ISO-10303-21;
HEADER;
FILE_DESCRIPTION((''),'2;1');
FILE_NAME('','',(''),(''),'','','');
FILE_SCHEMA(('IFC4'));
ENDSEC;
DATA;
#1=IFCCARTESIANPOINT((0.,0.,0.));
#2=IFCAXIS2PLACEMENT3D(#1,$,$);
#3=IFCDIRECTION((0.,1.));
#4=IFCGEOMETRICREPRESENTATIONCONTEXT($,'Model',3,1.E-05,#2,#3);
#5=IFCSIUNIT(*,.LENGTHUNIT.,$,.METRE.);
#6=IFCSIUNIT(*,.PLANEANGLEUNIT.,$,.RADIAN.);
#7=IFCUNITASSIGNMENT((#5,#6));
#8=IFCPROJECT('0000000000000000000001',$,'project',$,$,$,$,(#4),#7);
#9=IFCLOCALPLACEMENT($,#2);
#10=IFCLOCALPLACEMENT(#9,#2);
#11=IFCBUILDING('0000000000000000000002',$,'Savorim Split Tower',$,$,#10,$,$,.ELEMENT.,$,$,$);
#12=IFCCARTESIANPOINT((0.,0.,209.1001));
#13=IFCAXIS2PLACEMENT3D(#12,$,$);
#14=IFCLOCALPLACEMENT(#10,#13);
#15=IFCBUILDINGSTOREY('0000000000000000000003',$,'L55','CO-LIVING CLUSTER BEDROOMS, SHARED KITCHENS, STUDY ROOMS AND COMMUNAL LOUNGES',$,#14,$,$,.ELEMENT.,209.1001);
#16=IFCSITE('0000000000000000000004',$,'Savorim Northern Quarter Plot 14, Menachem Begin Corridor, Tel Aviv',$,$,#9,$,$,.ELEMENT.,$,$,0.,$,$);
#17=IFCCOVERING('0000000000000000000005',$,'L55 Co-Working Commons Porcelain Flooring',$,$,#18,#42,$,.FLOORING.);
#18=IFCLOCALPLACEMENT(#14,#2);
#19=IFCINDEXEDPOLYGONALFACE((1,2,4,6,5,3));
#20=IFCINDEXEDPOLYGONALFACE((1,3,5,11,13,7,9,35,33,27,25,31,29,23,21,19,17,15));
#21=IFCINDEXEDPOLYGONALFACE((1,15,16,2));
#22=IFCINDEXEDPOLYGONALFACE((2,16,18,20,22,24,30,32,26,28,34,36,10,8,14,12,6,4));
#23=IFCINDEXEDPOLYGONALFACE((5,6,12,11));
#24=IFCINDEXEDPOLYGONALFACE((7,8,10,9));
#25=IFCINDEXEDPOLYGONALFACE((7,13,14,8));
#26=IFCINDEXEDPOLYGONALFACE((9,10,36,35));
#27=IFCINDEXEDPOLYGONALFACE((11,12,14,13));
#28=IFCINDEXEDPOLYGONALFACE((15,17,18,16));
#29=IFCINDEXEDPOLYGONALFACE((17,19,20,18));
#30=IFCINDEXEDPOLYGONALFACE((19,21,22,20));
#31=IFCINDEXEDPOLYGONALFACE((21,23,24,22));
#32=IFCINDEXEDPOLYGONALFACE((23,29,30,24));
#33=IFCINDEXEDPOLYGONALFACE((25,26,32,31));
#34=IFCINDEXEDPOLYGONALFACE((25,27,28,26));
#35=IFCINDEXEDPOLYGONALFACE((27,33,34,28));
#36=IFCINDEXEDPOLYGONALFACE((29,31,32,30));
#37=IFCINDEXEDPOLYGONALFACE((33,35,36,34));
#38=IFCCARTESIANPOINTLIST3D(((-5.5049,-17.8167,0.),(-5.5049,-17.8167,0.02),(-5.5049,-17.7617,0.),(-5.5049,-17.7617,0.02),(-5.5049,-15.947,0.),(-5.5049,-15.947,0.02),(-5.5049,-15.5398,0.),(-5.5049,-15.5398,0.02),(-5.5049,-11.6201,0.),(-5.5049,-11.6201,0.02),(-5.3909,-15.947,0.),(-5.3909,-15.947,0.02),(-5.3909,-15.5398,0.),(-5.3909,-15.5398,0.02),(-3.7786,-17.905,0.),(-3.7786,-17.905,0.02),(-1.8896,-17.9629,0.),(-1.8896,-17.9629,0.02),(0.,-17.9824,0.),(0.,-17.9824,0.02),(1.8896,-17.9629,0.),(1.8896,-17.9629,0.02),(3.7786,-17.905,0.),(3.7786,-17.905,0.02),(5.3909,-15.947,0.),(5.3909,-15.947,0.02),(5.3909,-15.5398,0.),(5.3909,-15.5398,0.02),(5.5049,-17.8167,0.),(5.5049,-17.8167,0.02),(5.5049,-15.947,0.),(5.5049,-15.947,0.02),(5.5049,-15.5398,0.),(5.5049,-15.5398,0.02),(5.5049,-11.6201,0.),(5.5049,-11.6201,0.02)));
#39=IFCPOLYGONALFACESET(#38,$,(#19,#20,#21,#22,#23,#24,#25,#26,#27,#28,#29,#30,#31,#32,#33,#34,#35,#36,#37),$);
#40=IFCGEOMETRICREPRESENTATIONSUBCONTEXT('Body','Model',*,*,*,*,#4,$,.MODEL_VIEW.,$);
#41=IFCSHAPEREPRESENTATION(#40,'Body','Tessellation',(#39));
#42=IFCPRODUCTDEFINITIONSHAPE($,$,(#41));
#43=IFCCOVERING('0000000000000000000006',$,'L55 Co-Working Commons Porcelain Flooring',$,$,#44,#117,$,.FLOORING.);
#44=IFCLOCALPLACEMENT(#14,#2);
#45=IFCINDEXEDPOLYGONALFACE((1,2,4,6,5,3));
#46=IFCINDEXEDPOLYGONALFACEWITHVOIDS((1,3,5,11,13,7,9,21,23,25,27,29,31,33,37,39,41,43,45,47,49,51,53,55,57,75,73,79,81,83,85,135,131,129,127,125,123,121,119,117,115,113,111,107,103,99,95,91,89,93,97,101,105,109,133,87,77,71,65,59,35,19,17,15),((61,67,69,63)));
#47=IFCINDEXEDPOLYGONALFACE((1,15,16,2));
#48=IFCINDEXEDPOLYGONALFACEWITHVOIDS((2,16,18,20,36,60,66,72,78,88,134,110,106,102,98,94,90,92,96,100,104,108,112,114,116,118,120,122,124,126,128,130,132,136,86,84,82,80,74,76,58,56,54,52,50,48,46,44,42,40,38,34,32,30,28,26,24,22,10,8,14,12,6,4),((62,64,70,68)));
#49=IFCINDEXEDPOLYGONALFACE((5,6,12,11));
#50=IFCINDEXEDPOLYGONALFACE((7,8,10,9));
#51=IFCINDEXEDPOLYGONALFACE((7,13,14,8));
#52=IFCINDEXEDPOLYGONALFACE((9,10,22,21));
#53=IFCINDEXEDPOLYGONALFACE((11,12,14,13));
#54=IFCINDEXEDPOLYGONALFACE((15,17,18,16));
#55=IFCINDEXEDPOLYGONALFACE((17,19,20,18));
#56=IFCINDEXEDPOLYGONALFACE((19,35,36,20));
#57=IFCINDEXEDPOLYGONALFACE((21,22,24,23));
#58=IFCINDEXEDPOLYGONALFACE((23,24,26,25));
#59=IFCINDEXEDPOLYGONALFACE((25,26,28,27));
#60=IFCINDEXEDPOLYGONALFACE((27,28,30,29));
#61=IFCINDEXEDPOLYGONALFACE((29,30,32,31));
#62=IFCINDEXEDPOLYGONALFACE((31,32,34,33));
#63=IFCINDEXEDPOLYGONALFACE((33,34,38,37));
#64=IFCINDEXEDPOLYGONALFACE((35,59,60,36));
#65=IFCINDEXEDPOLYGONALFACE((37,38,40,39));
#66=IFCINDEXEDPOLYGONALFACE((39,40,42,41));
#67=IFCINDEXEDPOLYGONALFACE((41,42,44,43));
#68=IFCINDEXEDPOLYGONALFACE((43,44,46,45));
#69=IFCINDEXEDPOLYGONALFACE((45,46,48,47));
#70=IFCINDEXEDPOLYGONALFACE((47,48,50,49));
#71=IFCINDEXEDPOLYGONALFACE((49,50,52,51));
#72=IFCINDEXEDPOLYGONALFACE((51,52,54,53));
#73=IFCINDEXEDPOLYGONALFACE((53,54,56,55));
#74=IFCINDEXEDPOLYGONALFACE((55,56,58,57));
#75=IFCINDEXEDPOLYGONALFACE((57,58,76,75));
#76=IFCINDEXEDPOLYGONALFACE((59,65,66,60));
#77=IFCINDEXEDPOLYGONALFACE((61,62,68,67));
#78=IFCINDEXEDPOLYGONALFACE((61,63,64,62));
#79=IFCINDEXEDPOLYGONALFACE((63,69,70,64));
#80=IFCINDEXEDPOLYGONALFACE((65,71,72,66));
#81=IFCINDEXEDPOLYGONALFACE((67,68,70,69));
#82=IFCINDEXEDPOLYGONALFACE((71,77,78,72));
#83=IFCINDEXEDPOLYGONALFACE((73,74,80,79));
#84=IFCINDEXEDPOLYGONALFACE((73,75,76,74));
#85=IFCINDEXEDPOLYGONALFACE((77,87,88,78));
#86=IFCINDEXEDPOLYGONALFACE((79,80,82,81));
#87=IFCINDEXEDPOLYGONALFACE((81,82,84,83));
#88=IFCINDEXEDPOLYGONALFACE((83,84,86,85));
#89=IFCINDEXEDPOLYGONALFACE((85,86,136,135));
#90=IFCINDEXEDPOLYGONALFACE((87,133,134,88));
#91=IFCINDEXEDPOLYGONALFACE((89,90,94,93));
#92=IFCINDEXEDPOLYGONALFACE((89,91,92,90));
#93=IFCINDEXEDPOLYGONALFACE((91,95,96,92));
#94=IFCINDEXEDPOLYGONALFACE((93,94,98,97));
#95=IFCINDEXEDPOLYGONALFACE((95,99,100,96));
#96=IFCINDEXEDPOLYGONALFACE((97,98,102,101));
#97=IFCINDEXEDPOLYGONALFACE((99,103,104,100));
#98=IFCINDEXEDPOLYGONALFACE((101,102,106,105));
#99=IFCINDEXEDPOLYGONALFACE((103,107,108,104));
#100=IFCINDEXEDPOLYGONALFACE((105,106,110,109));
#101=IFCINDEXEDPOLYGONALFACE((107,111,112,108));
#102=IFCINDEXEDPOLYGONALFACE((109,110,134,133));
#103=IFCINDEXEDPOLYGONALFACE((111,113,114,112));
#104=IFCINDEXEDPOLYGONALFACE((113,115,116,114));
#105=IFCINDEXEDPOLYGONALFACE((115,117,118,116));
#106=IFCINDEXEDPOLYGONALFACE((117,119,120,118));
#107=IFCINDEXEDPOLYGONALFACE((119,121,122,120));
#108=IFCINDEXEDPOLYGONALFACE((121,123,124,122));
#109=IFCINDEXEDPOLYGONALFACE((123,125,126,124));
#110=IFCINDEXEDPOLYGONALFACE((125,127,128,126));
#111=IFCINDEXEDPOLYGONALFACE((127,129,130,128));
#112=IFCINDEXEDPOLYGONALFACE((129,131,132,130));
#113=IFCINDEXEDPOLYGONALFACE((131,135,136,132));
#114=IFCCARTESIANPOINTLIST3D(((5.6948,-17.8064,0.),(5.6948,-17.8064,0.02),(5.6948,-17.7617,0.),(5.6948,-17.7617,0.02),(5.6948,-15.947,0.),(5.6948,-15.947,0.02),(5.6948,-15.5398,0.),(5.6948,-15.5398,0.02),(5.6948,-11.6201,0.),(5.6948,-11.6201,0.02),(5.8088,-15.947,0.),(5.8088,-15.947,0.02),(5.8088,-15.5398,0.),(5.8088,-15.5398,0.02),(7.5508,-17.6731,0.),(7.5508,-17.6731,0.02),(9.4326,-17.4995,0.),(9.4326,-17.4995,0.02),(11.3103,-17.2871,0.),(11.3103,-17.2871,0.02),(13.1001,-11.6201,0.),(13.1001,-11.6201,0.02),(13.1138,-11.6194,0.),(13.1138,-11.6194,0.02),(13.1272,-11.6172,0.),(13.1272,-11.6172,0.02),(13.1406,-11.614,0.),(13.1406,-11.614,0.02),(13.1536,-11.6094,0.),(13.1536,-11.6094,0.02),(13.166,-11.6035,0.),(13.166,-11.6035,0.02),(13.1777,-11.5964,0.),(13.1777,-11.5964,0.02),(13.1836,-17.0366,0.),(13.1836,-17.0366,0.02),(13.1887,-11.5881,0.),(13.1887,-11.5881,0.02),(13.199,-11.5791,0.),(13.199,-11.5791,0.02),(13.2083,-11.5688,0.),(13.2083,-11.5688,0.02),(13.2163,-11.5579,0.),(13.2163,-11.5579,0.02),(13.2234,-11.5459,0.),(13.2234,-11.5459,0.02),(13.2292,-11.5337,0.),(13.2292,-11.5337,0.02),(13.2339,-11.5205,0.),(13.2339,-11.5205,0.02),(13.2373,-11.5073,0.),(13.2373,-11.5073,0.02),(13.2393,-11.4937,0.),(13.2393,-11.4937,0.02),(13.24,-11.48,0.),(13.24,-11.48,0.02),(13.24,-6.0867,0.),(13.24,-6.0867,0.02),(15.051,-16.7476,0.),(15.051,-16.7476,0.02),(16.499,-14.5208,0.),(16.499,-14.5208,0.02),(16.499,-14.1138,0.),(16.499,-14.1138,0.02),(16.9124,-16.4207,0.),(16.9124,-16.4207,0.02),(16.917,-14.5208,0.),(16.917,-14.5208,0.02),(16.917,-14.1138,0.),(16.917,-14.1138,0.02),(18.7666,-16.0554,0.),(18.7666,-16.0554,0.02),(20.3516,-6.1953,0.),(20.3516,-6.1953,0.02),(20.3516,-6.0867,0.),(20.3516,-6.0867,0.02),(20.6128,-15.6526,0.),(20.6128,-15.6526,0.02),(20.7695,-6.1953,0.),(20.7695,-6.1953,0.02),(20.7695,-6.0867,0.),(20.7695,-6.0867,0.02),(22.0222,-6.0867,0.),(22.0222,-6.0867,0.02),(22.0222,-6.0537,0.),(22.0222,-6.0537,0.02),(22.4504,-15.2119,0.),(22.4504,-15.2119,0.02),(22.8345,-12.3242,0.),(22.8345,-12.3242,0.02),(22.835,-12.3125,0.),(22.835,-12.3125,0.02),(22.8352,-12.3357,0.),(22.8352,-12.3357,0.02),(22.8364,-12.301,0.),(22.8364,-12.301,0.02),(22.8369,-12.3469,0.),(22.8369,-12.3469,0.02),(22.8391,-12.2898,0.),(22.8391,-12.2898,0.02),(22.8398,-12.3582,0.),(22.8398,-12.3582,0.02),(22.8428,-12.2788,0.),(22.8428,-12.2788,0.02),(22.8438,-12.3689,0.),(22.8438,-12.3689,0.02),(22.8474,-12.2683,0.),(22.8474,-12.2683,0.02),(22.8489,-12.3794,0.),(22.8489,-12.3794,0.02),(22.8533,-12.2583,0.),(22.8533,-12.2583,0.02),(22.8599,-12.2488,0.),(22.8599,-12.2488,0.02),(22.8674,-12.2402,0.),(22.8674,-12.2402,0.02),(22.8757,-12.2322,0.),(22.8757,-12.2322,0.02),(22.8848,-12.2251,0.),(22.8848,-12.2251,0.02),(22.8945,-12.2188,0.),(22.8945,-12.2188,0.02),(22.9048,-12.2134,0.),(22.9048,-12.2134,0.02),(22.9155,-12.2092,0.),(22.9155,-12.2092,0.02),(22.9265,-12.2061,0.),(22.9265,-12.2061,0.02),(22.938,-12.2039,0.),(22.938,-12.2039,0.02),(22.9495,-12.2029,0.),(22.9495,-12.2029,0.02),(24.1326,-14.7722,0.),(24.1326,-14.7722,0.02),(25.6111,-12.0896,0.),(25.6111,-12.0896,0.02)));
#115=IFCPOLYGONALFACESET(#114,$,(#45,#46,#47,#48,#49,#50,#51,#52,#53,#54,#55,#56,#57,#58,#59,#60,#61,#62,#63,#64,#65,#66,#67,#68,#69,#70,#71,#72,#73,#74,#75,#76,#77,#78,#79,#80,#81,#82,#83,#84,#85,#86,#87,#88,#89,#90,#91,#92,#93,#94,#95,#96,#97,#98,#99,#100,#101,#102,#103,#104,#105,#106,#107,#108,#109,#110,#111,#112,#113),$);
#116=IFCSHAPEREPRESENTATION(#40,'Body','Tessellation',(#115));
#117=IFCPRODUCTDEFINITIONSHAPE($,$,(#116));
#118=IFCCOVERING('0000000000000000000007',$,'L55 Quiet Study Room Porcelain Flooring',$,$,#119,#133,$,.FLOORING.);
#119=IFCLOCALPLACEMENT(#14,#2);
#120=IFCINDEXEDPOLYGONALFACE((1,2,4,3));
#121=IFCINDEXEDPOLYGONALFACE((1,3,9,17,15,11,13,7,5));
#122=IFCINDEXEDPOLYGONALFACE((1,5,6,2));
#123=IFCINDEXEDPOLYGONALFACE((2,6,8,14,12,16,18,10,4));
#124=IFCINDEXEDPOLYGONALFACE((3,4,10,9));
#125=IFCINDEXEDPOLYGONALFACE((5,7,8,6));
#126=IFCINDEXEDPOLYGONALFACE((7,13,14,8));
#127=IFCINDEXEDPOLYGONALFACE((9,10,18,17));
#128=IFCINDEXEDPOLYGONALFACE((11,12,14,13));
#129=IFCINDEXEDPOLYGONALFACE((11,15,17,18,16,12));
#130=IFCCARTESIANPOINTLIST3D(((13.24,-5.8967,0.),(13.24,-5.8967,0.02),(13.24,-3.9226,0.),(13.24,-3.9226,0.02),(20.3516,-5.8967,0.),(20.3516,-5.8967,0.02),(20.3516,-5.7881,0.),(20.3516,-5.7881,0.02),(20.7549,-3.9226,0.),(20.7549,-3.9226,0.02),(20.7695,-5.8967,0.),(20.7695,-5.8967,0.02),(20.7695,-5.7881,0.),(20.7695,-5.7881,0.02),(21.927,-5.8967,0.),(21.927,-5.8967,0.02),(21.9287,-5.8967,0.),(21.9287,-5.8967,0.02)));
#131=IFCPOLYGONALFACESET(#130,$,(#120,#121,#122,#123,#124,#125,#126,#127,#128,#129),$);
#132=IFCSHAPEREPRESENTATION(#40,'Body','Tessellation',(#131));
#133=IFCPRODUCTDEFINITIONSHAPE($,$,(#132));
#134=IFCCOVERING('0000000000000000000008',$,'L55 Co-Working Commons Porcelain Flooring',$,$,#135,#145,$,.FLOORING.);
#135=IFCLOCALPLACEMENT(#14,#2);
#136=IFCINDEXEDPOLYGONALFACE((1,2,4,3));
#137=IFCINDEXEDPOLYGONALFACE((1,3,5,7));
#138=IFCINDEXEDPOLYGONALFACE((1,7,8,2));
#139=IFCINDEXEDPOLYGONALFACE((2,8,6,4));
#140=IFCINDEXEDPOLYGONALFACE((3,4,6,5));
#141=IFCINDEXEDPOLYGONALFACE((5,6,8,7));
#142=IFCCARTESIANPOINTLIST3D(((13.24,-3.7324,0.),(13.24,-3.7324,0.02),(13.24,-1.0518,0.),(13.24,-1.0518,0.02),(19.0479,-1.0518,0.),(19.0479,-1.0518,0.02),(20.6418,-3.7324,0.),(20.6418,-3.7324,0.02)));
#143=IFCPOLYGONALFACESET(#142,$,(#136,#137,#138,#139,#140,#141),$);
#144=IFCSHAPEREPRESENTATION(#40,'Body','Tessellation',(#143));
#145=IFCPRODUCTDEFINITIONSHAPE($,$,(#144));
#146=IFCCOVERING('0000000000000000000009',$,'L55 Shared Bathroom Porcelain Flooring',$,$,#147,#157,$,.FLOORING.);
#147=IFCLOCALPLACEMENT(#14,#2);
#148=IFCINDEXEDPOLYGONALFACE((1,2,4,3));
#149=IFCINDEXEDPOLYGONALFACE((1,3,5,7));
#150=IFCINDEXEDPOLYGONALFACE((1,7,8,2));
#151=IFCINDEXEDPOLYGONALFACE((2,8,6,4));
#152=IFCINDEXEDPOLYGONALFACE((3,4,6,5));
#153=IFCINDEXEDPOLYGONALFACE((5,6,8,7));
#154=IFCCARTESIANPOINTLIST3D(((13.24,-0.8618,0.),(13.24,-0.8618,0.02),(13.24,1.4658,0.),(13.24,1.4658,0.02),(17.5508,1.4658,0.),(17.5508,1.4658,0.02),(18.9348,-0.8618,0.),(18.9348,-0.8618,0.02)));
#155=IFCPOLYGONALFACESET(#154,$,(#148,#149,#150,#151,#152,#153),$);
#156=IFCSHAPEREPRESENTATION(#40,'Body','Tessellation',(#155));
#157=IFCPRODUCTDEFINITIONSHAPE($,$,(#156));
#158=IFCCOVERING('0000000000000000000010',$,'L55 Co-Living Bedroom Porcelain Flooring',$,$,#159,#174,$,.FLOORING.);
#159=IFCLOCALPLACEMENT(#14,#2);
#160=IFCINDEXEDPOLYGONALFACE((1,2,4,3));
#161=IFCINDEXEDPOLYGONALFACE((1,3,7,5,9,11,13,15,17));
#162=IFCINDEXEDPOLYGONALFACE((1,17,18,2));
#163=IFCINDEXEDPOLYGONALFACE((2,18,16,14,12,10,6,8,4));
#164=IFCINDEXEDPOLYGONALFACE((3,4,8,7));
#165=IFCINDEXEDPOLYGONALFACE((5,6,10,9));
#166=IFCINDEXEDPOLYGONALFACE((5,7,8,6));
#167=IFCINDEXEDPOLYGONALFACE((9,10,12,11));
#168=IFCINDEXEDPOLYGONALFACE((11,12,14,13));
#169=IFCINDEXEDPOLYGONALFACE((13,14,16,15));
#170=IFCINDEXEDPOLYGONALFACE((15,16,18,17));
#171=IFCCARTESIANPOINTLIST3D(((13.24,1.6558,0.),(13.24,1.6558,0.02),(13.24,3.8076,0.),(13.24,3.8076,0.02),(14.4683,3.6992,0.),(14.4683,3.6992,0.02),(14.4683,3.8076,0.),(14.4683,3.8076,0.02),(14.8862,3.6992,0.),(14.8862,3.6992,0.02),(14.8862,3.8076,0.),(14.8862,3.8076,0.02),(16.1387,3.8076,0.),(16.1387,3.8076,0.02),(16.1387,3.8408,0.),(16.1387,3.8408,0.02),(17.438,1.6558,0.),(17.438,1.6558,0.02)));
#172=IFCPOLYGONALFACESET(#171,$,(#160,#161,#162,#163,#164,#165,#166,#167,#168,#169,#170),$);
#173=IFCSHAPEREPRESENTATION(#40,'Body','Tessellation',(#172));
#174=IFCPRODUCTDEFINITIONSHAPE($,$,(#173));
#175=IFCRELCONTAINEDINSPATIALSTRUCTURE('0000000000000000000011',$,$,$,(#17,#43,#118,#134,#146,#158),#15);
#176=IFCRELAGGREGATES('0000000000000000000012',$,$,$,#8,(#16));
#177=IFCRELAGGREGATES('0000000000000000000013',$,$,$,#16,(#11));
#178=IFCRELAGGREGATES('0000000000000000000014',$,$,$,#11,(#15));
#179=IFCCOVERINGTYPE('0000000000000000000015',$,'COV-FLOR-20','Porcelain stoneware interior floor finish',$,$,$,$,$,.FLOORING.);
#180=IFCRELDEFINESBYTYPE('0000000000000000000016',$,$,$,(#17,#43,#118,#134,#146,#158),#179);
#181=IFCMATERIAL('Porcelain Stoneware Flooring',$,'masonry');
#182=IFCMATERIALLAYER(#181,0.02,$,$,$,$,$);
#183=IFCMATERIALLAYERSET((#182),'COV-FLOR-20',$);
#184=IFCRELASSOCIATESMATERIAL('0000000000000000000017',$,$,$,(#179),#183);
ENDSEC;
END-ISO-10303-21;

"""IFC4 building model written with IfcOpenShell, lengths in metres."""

from ifc_helpers import new_model, si_unit, direction, frame, origin, place, context, subcontext, project, spatial, polyline, outline, extrude, material, layer, layer_set, type_object, element, save


model = new_model("IFC4")

# Units and contexts
model_context = context("Model", 3, precision=1e-05, world=origin(), true_north=direction((0.0, 1.0)))
body_context = subcontext(model_context, "Body", "Model", "MODEL_VIEW")
ifc_project = project(units=[si_unit("LENGTHUNIT", "METRE"), si_unit("PLANEANGLEUNIT", "RADIAN")], contexts=[model_context])

# Site, building, storey
site_placement = place(None, origin())
site = spatial("IfcSite", under=ifc_project, at=site_placement, Name="Savorim Northern Quarter Plot 14, Menachem Begin Corridor, Tel Aviv", CompositionType="ELEMENT", RefElevation=0.0)
building_placement = place(site_placement, origin())
building = spatial("IfcBuilding", under=site, at=building_placement, Name="Savorim Split Tower", CompositionType="ELEMENT")
storey_placement = place(building_placement, frame((0.0, 0.0, 209.1001)))
storey = spatial("IfcBuildingStorey", under=building, at=storey_placement, Name="L55", Description="CO-LIVING CLUSTER BEDROOMS, SHARED KITCHENS, STUDY ROOMS AND COMMUNAL LOUNGES", CompositionType="ELEMENT", Elevation=209.1001)

# Coverings
ifc_material_1 = material(Name="Porcelain Stoneware Flooring", Category="masonry")
ifc_layer_1 = layer(ifc_material_1, 0.02)
ifc_layer_set_1 = layer_set([ifc_layer_1], Name="COV-FLOR-20")
covering_type_1 = type_object("IfcCoveringType", Name="COV-FLOR-20", Description="Porcelain stoneware interior floor finish", PredefinedType="FLOORING", material=ifc_layer_set_1)
covering_1_placement = place(storey_placement, origin())
element("IfcCovering", 1, at=covering_1_placement, inside=storey, type_object=covering_type_1, Name="L55 Co-Working Commons Porcelain Flooring", PredefinedType="FLOORING", context=body_context, shape_type="SweptSolid", body=[
    extrude(outline(polyline([(-1.8896, -17.9629), (0.0, -17.9824), (1.8896, -17.9629), (3.7786, -17.905), (5.5049, -17.8167), (5.5049, -15.947), (5.3909, -15.947), (5.3909, -15.5398), (5.5049, -15.5398), (5.5049, -11.6201), (-5.5049, -11.6201), (-5.5049, -15.5398), (-5.3909, -15.5398), (-5.3909, -15.947), (-5.5049, -15.947), (-5.5049, -17.7617), (-5.5049, -17.8167), (-3.7786, -17.905), (-1.8896, -17.9629)])), origin(), (0.0, 0.0, 1.0), 0.02),
])
covering_2_placement = place(storey_placement, origin())
element("IfcCovering", 2, at=covering_2_placement, inside=storey, type_object=covering_type_1, Name="L55 Co-Working Commons Porcelain Flooring", PredefinedType="FLOORING", context=body_context, shape_type="SweptSolid", body=[
    extrude(outline(polyline([(22.9265, -12.2061), (22.938, -12.2039), (22.9495, -12.2029), (25.6111, -12.0896), (22.0222, -6.0537), (22.0222, -6.0867), (20.7695, -6.0867), (20.7695, -6.1953), (20.3516, -6.1953), (20.3516, -6.0867), (13.24, -6.0867), (13.24, -11.48), (13.2393, -11.4937), (13.2373, -11.5073), (13.2339, -11.5205), (13.2292, -11.5337), (13.2234, -11.5459), (13.2163, -11.5579), (13.2083, -11.5688), (13.199, -11.5791), (13.1887, -11.5881), (13.1777, -11.5964), (13.166, -11.6035), (13.1536, -11.6094), (13.1406, -11.614), (13.1272, -11.6172), (13.1138, -11.6194), (13.1001, -11.6201), (5.6948, -11.6201), (5.6948, -15.5398), (5.8088, -15.5398), (5.8088, -15.947), (5.6948, -15.947), (5.6948, -17.7617), (5.6948, -17.8064), (7.5508, -17.6731), (9.4326, -17.4995), (11.3103, -17.2871), (13.1836, -17.0366), (15.051, -16.7476), (16.9124, -16.4207), (18.7666, -16.0554), (20.6128, -15.6526), (22.4504, -15.2119), (24.1326, -14.7722), (22.8489, -12.3794), (22.8438, -12.3689), (22.8398, -12.3582), (22.8369, -12.3469), (22.8352, -12.3357), (22.8345, -12.3242), (22.835, -12.3125), (22.8364, -12.301), (22.8391, -12.2898), (22.8428, -12.2788), (22.8474, -12.2683), (22.8533, -12.2583), (22.8599, -12.2488), (22.8674, -12.2402), (22.8757, -12.2322), (22.8848, -12.2251), (22.8945, -12.2188), (22.9048, -12.2134), (22.9155, -12.2092), (22.9265, -12.2061)]), holes=[polyline([(16.917, -14.5208), (16.917, -14.1138), (16.499, -14.1138), (16.499, -14.5208), (16.917, -14.5208)])]), origin(), (0.0, 0.0, 1.0), 0.02),
])
covering_3_placement = place(storey_placement, origin())
element("IfcCovering", 3, at=covering_3_placement, inside=storey, type_object=covering_type_1, Name="L55 Quiet Study Room Porcelain Flooring", PredefinedType="FLOORING", context=body_context, shape_type="SweptSolid", body=[
    extrude(outline(polyline([(20.7695, -5.7881), (20.7695, -5.8967), (21.927, -5.8967), (21.9287, -5.8967), (20.7549, -3.9226), (13.24, -3.9226), (13.24, -5.8967), (20.3516, -5.8967), (20.3516, -5.7881), (20.7695, -5.7881)])), origin(), (0.0, 0.0, 1.0), 0.02),
])
covering_4_placement = place(storey_placement, origin())
element("IfcCovering", 4, at=covering_4_placement, inside=storey, type_object=covering_type_1, Name="L55 Co-Working Commons Porcelain Flooring", PredefinedType="FLOORING", context=body_context, shape_type="SweptSolid", body=[
    extrude(outline(polyline([(20.6418, -3.7324), (19.0479, -1.0518), (13.24, -1.0518), (13.24, -3.7324), (20.6418, -3.7324)])), origin(), (0.0, 0.0, 1.0), 0.02),
])
covering_5_placement = place(storey_placement, origin())
element("IfcCovering", 5, at=covering_5_placement, inside=storey, type_object=covering_type_1, Name="L55 Shared Bathroom Porcelain Flooring", PredefinedType="FLOORING", context=body_context, shape_type="SweptSolid", body=[
    extrude(outline(polyline([(18.9348, -0.8618), (17.5508, 1.4658), (13.24, 1.4658), (13.24, -0.8618), (18.9348, -0.8618)])), origin(), (0.0, 0.0, 1.0), 0.02),
])
covering_6_placement = place(storey_placement, origin())
element("IfcCovering", 6, at=covering_6_placement, inside=storey, type_object=covering_type_1, Name="L55 Co-Living Bedroom Porcelain Flooring", PredefinedType="FLOORING", context=body_context, shape_type="SweptSolid", body=[
    extrude(outline(polyline([(14.4683, 3.6992), (14.4683, 3.8076), (13.24, 3.8076), (13.24, 1.6558), (17.438, 1.6558), (16.1387, 3.8408), (16.1387, 3.8076), (14.8862, 3.8076), (14.8862, 3.6992), (14.4683, 3.6992)])), origin(), (0.0, 0.0, 1.0), 0.02),
])

save(model, "model.ifc")
